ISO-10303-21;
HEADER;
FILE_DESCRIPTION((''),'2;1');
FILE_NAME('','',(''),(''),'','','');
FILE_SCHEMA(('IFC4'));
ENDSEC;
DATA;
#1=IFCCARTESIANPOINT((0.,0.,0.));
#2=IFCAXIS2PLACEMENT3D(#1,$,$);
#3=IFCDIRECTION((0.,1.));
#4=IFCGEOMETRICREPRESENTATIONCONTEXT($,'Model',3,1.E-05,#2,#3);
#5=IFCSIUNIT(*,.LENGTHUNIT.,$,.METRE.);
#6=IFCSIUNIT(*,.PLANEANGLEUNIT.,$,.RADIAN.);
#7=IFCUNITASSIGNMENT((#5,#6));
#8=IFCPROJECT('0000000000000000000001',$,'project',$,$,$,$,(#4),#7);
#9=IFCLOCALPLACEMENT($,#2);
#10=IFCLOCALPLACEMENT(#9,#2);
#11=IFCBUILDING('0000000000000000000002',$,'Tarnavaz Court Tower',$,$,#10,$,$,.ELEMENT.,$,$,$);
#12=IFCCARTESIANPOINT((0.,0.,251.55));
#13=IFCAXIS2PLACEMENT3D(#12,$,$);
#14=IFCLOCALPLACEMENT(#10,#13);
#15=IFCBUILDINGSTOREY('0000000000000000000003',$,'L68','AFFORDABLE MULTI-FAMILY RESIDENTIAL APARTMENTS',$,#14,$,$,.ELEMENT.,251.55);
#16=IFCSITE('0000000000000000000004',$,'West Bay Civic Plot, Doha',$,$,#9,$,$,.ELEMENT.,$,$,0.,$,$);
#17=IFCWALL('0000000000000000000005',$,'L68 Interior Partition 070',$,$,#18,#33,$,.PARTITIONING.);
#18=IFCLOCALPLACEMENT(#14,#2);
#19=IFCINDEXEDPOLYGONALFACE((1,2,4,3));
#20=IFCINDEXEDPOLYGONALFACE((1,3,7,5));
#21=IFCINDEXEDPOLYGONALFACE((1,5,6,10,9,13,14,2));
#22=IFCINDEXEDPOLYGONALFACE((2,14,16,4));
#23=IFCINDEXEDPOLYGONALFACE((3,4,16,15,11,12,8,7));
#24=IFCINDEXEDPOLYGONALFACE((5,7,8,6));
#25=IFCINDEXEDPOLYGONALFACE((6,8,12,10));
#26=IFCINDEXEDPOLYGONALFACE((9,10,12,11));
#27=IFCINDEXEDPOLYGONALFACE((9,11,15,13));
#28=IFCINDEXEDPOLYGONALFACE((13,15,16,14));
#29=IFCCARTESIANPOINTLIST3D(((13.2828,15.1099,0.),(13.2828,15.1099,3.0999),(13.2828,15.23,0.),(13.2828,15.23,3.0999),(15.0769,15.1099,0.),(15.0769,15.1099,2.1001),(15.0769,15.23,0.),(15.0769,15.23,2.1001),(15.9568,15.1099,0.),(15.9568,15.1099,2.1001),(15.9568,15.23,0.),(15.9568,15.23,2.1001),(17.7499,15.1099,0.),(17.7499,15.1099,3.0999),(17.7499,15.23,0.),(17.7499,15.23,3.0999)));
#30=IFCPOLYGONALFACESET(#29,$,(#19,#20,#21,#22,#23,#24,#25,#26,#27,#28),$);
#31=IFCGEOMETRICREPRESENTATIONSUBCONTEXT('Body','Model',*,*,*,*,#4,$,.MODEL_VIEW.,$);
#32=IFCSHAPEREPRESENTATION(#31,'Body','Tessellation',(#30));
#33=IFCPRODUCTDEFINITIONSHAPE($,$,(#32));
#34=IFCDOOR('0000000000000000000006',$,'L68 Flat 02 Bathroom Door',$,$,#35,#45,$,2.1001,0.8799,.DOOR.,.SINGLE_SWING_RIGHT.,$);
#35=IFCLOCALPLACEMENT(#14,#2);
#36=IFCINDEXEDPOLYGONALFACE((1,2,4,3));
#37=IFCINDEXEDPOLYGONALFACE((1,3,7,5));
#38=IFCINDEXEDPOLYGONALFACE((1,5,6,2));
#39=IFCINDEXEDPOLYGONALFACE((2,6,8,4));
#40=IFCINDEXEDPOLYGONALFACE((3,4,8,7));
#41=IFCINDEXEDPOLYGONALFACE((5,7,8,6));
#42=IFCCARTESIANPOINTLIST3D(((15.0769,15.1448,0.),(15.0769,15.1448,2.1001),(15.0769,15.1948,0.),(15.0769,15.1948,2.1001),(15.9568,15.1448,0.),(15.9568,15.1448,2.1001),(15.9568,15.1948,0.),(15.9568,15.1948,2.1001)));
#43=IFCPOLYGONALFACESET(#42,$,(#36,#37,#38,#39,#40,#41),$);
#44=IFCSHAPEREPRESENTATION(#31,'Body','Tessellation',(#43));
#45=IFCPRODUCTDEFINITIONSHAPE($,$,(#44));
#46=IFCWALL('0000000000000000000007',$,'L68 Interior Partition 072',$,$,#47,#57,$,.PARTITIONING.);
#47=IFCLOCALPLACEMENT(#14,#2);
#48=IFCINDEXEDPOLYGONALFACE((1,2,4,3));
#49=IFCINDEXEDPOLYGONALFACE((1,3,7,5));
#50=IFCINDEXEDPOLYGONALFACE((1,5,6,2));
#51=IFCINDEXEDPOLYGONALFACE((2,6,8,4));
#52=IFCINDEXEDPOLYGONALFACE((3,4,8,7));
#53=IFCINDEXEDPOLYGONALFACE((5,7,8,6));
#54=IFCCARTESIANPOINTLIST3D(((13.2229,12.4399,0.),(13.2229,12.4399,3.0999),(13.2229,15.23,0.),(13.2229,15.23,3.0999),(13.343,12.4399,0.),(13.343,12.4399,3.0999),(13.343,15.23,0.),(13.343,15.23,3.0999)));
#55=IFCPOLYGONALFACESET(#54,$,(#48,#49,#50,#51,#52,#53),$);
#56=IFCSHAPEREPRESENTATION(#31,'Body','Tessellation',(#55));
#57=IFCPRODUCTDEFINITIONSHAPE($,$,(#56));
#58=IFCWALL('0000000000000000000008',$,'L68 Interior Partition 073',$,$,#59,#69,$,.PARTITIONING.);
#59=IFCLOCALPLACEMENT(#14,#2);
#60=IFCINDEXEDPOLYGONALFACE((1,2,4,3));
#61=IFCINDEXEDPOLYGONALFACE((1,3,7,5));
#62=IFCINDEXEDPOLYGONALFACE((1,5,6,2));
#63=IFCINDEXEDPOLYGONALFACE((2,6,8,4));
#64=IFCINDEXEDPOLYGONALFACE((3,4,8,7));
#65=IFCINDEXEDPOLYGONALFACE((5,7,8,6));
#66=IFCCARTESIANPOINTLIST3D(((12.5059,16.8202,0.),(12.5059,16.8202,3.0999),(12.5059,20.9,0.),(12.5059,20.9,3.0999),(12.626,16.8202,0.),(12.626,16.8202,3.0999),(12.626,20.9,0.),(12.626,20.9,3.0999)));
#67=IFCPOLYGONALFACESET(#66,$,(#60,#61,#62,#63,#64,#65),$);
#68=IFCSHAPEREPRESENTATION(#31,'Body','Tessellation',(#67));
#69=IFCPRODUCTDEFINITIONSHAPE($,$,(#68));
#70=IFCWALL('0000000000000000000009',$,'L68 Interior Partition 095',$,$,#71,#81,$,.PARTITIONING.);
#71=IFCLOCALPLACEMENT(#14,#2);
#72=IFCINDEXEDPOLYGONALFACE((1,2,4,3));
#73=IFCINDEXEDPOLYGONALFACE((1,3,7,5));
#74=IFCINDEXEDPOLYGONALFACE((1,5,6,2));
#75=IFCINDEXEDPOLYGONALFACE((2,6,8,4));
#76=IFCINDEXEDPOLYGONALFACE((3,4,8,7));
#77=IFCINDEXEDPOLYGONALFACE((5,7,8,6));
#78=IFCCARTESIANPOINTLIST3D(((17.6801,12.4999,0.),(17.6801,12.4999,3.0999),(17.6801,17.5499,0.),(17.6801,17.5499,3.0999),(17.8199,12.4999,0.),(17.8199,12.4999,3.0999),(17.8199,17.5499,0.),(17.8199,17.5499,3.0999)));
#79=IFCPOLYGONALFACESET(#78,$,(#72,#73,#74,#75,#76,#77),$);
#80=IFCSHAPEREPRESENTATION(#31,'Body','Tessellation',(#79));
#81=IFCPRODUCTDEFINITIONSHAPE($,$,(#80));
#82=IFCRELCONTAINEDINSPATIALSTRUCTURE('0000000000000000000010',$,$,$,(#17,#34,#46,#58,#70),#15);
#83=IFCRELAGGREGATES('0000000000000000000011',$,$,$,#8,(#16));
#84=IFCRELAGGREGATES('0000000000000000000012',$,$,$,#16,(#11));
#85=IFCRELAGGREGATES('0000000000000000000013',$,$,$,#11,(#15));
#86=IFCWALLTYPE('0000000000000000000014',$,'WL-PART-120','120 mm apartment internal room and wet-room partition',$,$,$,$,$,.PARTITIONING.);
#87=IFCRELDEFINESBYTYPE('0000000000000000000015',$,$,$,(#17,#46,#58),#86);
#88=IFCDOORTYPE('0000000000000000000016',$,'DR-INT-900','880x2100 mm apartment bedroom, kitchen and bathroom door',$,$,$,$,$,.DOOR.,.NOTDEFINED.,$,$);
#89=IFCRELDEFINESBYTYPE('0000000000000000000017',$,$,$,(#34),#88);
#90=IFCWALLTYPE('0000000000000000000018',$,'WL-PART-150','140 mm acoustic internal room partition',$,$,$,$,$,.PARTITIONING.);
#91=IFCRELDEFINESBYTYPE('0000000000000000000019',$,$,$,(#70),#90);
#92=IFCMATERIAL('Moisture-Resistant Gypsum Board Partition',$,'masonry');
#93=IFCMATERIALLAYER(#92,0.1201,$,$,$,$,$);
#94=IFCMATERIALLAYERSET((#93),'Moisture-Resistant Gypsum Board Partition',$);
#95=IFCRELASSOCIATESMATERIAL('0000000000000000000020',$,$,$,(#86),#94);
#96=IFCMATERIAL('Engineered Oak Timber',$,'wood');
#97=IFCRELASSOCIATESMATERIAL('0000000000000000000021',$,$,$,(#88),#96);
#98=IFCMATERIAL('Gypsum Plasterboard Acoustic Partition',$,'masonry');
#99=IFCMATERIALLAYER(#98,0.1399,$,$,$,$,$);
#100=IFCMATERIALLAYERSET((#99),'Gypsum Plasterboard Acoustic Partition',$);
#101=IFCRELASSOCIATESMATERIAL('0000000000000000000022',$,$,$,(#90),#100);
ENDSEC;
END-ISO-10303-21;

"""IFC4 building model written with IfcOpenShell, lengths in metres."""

from ifc_helpers import new_model, si_unit, direction, frame, frame_2d, origin, place, context, subcontext, project, spatial, rectangle, extrude, material, layer, layer_set, type_object, element, fill, save


model = new_model("IFC4")

# Units and contexts
model_context = context("Model", 3, precision=1e-05, world=origin(), true_north=direction((0.0, 1.0)))
body_context = subcontext(model_context, "Body", "Model", "MODEL_VIEW")
ifc_project = project(units=[si_unit("LENGTHUNIT", "METRE"), si_unit("PLANEANGLEUNIT", "RADIAN")], contexts=[model_context])

# Site, building, storey
site_placement = place(None, origin())
site = spatial("IfcSite", under=ifc_project, at=site_placement, Name="West Bay Civic Plot, Doha", CompositionType="ELEMENT", RefElevation=0.0)
building_placement = place(site_placement, origin())
building = spatial("IfcBuilding", under=site, at=building_placement, Name="Tarnavaz Court Tower", CompositionType="ELEMENT")
storey_placement = place(building_placement, frame((0.0, 0.0, 251.55)))
storey = spatial("IfcBuildingStorey", under=building, at=storey_placement, Name="L68", Description="AFFORDABLE MULTI-FAMILY RESIDENTIAL APARTMENTS", CompositionType="ELEMENT", Elevation=251.55)

# Wall, opening, door
ifc_material_1 = material(Name="Engineered Oak Timber", Category="wood")
ifc_material_2 = material(Name="Moisture-Resistant Gypsum Board Partition", Category="masonry")
ifc_layer_1 = layer(ifc_material_2, 0.1201)
ifc_layer_set_1 = layer_set([ifc_layer_1], Name="Moisture-Resistant Gypsum Board Partition")
wall_type_1 = type_object("IfcWallType", Name="WL-PART-120", Description="120 mm apartment internal room and wet-room partition", PredefinedType="PARTITIONING", material=ifc_layer_set_1)
wall_1_placement = place(storey_placement, frame((13.283, 15.1699, 0.0), z_axis=(0.0, 0.0, 1.0), x_axis=(1.0, 0.0, 0.0)))
wall_1 = element("IfcWall", 1, at=wall_1_placement, inside=storey, type_object=wall_type_1, Name="L68 Interior Partition 070", PredefinedType="PARTITIONING", context=body_context, shape_type="SweptSolid", body=[
    extrude(rectangle(XDim=4.467, YDim=0.1201, at=frame_2d((2.2334, 0.0))), origin(), (0.0, 0.0, 1.0), 3.0999),
])
opening_1_placement = place(wall_1_placement, frame((1.7939, 0.0, 0.0)))
opening_1 = element("IfcOpeningElement", 2, at=opening_1_placement, cuts=wall_1, PredefinedType="OPENING", context=body_context, shape_type="SweptSolid", body=[
    extrude(rectangle(XDim=0.8799, YDim=2.1001, at=frame_2d((0.4399, 1.05))), frame((0.0, 0.0701, 0.0), z_axis=(0.0, -1.0, 0.0), x_axis=(1.0, 0.0, 0.0)), (0.0, 0.0, 1.0), 0.1401),
])
door_type_1 = type_object("IfcDoorType", Name="DR-INT-900", Description="880x2100 mm apartment bedroom, kitchen and bathroom door", OperationType="NOTDEFINED", PredefinedType="DOOR", material=ifc_material_1)
door_1_placement = place(opening_1_placement, origin())
door_1 = element("IfcDoor", 3, at=door_1_placement, inside=storey, type_object=door_type_1, Name="L68 Flat 02 Bathroom Door", OperationType="SINGLE_SWING_RIGHT", OverallHeight=2.1001, OverallWidth=0.8799, PredefinedType="DOOR", context=body_context, shape_type="SweptSolid", body=[
    extrude(rectangle(XDim=0.8799, YDim=2.1001, at=frame_2d((0.4399, 1.05))), frame((0.0, 0.0249, 0.0), z_axis=(0.0, -1.0, 0.0), x_axis=(1.0, 0.0, 0.0)), (0.0, 0.0, 1.0), 0.05),
])
fill(opening_1, door_1)

# Walls
wall_2_placement = place(storey_placement, frame((13.283, 12.4399, 0.0), z_axis=(0.0, 0.0, 1.0), x_axis=(0.0, 1.0, 0.0)))
element("IfcWall", 4, at=wall_2_placement, inside=storey, type_object=wall_type_1, Name="L68 Interior Partition 072", PredefinedType="PARTITIONING", context=body_context, shape_type="SweptSolid", body=[
    extrude(rectangle(XDim=2.79, YDim=0.1201, at=frame_2d((1.395, 0.0))), origin(), (0.0, 0.0, 1.0), 3.0999),
])
wall_3_placement = place(storey_placement, frame((12.5659, 16.8201, 0.0), z_axis=(0.0, 0.0, 1.0), x_axis=(0.0, 1.0, 0.0)))
element("IfcWall", 5, at=wall_3_placement, inside=storey, type_object=wall_type_1, Name="L68 Interior Partition 073", PredefinedType="PARTITIONING", context=body_context, shape_type="SweptSolid", body=[
    extrude(rectangle(XDim=4.0798, YDim=0.1201, at=frame_2d((2.04, 0.0))), origin(), (0.0, 0.0, 1.0), 3.0999),
])
ifc_material_3 = material(Name="Gypsum Plasterboard Acoustic Partition", Category="masonry")
ifc_layer_2 = layer(ifc_material_3, 0.1399)
ifc_layer_set_2 = layer_set([ifc_layer_2], Name="Gypsum Plasterboard Acoustic Partition")
wall_type_2 = type_object("IfcWallType", Name="WL-PART-150", Description="140 mm acoustic internal room partition", PredefinedType="PARTITIONING", material=ifc_layer_set_2)
wall_4_placement = place(storey_placement, frame((17.75, 12.5, 0.0), z_axis=(0.0, 0.0, 1.0), x_axis=(0.0, 1.0, 0.0)))
element("IfcWall", 6, at=wall_4_placement, inside=storey, type_object=wall_type_2, Name="L68 Interior Partition 095", PredefinedType="PARTITIONING", context=body_context, shape_type="SweptSolid", body=[
    extrude(rectangle(XDim=5.05, YDim=0.1399, at=frame_2d((2.5249, 0.0))), origin(), (0.0, 0.0, 1.0), 3.0999),
])

save(model, "model.ifc")
